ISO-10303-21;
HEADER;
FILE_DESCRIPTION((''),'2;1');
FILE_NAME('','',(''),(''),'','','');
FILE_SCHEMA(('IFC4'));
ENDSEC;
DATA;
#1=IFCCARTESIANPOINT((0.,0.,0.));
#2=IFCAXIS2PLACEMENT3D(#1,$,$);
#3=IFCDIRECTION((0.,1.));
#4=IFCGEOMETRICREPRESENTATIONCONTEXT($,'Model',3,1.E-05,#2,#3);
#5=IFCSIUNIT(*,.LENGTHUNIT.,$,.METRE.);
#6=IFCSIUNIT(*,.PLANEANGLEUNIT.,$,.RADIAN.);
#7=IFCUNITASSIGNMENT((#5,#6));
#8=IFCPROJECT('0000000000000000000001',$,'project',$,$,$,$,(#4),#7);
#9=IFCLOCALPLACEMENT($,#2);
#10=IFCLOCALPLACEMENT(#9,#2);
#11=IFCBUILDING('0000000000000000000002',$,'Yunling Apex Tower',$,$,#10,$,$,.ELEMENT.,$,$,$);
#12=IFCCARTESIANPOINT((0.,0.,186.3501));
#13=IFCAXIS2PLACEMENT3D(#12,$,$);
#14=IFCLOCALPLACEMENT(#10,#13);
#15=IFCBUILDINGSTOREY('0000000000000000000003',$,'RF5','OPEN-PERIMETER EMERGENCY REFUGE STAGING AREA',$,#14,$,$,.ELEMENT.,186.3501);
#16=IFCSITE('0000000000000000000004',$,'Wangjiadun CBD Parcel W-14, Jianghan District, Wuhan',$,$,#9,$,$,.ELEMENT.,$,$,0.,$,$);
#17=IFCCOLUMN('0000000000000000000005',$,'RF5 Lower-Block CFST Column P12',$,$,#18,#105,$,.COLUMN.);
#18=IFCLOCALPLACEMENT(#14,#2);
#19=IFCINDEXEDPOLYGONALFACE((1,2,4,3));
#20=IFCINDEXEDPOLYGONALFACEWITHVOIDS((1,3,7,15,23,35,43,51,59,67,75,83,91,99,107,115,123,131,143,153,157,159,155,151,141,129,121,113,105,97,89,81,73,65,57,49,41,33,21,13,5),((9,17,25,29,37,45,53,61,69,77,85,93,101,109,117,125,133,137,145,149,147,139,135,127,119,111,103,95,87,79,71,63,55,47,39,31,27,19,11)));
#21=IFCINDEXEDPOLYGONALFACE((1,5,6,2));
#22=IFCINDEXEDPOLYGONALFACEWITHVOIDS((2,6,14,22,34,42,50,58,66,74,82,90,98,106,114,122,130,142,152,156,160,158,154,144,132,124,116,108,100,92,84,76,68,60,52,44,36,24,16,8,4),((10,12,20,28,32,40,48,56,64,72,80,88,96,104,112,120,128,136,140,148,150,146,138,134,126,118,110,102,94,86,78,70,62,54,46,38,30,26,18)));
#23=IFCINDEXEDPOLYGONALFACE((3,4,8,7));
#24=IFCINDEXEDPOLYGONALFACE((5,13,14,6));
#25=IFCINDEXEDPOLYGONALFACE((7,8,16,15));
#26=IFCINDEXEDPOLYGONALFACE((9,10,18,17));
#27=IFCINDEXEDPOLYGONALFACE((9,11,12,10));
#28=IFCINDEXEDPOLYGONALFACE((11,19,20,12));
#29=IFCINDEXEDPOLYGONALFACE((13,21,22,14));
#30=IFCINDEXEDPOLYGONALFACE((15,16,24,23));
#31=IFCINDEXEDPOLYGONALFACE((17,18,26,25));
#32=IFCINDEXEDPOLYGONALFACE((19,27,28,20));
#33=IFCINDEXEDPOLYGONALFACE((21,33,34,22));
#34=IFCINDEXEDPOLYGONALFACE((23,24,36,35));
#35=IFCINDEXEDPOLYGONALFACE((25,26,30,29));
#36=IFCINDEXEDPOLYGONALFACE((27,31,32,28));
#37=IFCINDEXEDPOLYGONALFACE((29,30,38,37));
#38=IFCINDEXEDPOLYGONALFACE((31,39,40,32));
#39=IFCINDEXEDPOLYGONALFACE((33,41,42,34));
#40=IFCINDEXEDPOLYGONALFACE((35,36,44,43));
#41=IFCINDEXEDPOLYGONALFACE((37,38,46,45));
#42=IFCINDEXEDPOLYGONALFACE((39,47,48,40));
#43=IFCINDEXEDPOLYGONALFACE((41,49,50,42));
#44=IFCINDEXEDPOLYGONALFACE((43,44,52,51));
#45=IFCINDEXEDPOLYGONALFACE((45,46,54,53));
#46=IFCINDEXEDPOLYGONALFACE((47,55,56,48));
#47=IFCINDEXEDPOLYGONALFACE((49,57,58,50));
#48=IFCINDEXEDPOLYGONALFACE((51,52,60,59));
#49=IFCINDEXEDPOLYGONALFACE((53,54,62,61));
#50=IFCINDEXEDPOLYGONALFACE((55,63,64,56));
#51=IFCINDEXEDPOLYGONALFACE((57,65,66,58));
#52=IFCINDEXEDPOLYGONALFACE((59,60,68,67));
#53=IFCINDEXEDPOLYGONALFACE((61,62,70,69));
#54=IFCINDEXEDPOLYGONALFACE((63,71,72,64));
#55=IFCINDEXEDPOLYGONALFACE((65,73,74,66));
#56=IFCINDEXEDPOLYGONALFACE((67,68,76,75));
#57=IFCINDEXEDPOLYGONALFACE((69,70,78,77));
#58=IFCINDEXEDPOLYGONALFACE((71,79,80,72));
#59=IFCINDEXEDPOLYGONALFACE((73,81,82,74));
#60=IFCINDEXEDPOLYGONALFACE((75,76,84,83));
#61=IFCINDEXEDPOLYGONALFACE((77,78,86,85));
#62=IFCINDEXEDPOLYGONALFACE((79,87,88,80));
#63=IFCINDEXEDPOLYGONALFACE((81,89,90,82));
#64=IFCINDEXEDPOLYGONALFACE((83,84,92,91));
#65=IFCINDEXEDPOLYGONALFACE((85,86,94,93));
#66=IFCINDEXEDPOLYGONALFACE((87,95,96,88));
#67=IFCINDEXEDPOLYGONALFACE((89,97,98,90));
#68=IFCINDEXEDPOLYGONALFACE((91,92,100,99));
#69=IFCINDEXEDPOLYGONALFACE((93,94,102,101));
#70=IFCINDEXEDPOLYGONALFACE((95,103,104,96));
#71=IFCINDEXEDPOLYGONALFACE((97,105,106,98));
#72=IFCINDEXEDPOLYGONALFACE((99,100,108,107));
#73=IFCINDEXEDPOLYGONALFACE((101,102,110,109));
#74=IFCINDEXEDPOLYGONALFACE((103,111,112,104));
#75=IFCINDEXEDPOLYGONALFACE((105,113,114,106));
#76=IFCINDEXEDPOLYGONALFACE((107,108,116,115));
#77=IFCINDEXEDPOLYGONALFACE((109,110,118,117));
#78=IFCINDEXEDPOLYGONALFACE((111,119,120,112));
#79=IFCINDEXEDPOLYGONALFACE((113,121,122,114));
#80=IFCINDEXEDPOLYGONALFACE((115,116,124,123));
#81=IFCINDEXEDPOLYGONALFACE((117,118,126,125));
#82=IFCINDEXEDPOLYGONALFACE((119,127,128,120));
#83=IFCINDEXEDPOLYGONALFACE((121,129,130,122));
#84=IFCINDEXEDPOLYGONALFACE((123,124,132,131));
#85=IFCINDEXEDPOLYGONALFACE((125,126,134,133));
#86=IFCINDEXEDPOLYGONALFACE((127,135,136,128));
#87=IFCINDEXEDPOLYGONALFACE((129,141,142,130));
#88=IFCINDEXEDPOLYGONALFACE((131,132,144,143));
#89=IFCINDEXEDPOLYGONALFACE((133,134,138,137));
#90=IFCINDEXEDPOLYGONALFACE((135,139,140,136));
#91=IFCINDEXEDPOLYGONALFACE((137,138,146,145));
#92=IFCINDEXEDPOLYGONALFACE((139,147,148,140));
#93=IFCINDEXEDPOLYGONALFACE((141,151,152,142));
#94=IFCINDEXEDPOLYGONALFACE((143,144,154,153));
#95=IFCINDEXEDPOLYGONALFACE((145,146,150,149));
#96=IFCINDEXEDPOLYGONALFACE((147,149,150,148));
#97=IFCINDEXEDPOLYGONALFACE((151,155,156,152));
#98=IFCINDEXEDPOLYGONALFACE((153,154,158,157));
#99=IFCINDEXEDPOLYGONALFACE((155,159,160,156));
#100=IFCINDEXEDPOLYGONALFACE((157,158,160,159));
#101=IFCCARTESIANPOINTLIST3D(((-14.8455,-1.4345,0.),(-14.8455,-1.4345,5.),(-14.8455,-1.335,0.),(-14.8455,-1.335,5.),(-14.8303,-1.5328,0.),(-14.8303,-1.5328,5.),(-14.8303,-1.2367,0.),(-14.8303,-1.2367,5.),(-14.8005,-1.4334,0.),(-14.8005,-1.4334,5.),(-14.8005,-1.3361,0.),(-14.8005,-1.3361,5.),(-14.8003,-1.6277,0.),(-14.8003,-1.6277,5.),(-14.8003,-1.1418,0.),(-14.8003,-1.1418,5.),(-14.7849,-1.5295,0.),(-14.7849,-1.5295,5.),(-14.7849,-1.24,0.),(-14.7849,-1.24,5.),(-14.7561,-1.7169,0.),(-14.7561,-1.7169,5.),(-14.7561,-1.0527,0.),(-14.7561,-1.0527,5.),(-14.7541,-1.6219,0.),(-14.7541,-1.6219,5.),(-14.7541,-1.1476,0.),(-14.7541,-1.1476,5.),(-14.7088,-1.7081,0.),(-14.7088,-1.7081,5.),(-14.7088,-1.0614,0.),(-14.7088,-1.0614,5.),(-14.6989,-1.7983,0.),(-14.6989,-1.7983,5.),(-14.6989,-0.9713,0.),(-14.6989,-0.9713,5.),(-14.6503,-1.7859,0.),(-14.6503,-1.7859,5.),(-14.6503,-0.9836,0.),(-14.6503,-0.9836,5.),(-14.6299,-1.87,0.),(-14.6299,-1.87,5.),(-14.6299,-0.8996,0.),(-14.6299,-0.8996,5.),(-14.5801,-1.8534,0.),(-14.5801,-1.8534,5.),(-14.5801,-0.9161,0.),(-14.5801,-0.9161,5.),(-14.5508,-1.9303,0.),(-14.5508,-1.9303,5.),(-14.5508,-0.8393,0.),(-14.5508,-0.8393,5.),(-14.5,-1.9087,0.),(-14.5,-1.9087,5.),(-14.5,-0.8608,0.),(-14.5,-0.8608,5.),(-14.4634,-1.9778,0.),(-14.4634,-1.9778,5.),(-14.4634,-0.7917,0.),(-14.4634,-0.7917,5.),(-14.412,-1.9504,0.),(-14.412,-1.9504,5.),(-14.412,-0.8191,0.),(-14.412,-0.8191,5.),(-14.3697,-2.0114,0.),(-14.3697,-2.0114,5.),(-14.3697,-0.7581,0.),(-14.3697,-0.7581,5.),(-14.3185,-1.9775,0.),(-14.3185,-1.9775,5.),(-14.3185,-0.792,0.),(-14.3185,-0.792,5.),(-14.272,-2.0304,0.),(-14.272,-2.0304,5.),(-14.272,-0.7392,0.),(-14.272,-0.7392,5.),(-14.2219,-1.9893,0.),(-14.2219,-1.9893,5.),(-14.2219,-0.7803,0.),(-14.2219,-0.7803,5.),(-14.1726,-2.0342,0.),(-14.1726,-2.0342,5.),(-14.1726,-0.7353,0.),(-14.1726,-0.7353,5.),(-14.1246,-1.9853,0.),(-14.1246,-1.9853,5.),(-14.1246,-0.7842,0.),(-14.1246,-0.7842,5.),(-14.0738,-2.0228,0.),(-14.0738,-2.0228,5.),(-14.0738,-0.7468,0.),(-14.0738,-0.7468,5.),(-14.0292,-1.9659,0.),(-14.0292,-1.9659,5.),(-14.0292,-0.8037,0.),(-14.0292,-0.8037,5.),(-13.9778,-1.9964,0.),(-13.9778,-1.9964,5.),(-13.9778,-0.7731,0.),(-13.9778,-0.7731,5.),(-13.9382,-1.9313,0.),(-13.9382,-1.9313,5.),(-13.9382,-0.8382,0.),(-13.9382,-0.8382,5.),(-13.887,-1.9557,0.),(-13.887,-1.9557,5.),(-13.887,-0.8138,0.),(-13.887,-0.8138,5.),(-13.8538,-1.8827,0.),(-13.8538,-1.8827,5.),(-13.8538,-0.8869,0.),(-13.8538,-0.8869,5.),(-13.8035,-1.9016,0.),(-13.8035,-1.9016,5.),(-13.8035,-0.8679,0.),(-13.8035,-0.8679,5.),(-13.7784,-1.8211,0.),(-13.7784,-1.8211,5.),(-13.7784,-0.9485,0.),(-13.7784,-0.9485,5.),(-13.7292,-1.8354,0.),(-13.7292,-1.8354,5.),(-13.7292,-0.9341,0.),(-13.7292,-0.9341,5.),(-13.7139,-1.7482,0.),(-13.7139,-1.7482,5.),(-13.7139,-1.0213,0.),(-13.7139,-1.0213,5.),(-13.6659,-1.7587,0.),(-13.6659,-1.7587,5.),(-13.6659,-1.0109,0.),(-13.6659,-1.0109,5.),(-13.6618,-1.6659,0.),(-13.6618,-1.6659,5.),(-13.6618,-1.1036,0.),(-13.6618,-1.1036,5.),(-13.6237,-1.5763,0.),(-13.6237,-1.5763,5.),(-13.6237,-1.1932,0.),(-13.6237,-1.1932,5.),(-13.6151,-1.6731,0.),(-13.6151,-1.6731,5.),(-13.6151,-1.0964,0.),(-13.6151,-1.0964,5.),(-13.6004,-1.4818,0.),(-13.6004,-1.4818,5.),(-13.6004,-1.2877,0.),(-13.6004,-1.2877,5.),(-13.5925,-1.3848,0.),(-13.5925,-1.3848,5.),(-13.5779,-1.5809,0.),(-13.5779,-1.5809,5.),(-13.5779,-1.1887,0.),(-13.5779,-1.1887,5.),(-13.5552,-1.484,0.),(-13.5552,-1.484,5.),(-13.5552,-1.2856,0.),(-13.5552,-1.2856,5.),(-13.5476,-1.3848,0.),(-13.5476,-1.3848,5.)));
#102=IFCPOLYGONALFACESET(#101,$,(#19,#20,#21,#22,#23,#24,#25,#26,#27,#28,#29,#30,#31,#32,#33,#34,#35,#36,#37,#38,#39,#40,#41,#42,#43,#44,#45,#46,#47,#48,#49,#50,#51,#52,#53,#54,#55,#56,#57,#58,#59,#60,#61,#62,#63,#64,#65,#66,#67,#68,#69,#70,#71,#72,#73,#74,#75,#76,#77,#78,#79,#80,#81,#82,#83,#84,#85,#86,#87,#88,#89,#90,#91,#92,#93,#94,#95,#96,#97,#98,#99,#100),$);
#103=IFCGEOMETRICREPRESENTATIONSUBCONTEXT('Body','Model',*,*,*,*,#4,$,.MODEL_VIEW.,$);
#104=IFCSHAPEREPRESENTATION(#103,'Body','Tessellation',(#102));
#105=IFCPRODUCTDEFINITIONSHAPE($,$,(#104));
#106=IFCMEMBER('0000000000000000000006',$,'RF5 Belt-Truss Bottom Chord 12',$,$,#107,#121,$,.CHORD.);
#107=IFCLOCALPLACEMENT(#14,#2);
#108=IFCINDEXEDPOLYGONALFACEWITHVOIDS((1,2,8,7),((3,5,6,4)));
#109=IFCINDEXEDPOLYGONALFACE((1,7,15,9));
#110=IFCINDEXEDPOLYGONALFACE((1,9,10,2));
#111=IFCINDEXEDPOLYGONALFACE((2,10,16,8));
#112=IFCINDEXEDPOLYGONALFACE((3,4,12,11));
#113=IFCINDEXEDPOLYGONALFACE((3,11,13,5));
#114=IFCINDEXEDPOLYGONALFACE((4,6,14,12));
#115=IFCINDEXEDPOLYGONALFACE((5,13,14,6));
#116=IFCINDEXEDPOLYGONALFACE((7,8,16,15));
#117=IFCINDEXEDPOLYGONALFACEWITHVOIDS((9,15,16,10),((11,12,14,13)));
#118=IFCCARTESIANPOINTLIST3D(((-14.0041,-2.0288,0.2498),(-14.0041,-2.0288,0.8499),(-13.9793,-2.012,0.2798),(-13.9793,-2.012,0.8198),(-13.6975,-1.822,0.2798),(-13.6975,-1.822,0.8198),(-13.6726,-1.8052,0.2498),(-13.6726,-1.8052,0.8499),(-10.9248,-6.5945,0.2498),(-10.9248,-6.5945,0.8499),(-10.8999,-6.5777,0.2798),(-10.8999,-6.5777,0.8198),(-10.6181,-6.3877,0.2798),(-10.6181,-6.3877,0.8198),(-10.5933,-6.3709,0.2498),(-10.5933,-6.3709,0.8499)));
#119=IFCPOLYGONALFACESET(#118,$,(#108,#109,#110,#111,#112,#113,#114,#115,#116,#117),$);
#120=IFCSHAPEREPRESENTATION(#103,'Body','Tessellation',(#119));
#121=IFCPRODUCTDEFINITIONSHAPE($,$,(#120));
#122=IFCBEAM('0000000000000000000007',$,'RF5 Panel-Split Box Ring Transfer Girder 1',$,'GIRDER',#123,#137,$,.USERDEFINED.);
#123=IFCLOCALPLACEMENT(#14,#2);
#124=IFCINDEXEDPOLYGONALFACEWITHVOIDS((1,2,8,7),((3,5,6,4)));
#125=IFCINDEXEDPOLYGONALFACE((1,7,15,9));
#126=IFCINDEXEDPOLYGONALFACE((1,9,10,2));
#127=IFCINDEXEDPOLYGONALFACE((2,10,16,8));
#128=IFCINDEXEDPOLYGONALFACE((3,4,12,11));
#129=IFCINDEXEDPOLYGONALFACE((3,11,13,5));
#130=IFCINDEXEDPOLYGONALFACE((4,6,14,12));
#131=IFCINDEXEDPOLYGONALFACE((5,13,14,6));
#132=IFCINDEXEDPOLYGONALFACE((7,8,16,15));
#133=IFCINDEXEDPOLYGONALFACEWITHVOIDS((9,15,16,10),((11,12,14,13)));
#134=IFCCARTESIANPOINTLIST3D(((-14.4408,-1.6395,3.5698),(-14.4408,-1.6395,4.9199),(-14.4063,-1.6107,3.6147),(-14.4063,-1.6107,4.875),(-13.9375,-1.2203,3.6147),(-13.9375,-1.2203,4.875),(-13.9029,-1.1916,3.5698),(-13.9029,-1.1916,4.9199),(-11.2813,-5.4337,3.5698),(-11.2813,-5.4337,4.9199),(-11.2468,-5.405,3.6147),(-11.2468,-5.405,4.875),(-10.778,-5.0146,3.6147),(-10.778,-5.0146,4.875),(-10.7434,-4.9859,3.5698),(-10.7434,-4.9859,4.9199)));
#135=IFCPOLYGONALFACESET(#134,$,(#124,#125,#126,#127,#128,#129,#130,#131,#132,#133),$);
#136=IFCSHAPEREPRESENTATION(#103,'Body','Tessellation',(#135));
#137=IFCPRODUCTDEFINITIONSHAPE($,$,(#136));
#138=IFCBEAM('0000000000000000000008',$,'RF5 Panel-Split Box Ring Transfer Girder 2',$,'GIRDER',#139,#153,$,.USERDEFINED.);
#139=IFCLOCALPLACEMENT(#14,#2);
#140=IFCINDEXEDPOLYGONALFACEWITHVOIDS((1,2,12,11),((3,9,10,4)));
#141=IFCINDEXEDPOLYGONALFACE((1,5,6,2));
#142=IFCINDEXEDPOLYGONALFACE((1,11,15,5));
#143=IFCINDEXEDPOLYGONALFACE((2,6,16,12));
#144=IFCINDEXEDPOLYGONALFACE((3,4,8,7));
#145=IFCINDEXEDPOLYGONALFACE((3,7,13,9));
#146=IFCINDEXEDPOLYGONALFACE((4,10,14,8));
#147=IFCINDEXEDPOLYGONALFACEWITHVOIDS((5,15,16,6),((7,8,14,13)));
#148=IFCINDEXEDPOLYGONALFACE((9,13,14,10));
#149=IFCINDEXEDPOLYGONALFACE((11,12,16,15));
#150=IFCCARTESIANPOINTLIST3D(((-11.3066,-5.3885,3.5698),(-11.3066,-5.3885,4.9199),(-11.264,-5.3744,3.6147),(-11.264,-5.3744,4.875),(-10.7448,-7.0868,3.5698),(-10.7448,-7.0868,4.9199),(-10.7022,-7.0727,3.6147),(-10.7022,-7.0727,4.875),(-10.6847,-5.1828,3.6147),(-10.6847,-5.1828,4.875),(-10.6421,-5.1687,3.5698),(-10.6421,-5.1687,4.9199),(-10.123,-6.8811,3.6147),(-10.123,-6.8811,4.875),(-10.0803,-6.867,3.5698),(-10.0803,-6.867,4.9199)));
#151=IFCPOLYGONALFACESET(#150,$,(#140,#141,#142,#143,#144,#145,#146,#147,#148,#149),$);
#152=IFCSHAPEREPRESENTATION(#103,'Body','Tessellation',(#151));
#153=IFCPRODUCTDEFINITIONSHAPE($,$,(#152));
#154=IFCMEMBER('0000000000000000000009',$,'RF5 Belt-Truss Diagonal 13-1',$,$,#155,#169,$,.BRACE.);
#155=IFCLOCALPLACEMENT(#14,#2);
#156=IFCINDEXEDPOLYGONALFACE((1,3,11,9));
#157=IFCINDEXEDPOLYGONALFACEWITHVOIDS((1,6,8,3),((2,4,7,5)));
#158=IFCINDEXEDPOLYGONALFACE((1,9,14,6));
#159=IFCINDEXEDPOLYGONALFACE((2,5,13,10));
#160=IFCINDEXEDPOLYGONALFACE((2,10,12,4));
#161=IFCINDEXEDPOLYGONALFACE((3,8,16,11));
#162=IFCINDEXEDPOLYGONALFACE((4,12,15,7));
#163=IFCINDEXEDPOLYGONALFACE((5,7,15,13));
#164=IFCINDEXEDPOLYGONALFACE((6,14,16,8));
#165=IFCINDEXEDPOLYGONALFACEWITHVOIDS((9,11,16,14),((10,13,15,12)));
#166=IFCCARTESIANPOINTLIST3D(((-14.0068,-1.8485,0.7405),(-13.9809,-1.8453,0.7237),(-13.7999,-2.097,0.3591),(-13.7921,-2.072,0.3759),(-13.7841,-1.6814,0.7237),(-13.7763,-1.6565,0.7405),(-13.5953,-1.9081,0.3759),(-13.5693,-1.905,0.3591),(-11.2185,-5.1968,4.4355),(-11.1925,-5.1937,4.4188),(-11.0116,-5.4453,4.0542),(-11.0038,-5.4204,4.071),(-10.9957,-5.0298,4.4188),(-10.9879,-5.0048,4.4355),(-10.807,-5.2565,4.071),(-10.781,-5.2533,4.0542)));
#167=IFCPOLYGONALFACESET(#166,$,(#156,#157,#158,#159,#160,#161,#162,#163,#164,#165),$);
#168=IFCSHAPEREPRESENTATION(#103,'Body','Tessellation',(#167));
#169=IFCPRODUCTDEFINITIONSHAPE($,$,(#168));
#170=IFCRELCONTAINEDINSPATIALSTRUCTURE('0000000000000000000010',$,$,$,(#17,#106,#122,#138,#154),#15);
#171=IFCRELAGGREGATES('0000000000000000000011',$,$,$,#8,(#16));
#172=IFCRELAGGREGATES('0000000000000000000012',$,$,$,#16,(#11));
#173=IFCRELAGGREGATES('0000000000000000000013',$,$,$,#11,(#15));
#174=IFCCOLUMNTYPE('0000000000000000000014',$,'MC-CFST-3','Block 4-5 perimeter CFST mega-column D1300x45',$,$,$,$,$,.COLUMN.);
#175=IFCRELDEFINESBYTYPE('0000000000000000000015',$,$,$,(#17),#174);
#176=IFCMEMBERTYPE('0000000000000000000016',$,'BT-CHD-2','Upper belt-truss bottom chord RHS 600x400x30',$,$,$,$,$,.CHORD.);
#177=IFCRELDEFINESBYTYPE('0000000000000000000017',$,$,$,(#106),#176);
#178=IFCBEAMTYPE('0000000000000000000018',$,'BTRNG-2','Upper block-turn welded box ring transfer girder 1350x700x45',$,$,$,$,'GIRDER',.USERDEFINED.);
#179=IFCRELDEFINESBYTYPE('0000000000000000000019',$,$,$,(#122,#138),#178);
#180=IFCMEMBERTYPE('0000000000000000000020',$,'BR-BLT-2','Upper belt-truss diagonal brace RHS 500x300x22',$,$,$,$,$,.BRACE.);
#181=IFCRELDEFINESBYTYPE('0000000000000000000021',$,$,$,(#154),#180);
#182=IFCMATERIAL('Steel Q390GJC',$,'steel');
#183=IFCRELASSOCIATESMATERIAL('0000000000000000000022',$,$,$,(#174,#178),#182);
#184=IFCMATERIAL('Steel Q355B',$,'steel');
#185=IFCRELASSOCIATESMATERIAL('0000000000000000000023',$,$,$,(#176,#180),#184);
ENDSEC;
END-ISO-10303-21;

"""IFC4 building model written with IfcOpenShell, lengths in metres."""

from ifc_helpers import new_model, si_unit, direction, frame, origin, origin_2d, place, context, subcontext, project, spatial, hollow_rectangle, hollow_circle, extrude, source, transform, mapped, material, material_profile, profile_set, type_object, element, save


model = new_model("IFC4")

# Units and contexts
model_context = context("Model", 3, precision=1e-05, world=origin(), true_north=direction((0.0, 1.0)))
body_context = subcontext(model_context, "Body", "Model", "MODEL_VIEW")
ifc_project = project(units=[si_unit("LENGTHUNIT", "METRE"), si_unit("PLANEANGLEUNIT", "RADIAN")], contexts=[model_context])

# Site, building, storey
site_placement = place(None, origin())
site = spatial("IfcSite", under=ifc_project, at=site_placement, Name="Wangjiadun CBD Parcel W-14, Jianghan District, Wuhan", CompositionType="ELEMENT", RefElevation=0.0)
building_placement = place(site_placement, origin())
building = spatial("IfcBuilding", under=site, at=building_placement, Name="Yunling Apex Tower", CompositionType="ELEMENT")
storey_placement = place(building_placement, frame((0.0, 0.0, 186.3501)))
storey = spatial("IfcBuildingStorey", under=building, at=storey_placement, Name="RF5", Description="OPEN-PERIMETER EMERGENCY REFUGE STAGING AREA", CompositionType="ELEMENT", Elevation=186.3501)

# Column
ifc_material_1 = material(Name="Steel Q390GJC", Category="steel")
ifc_material_profile_1 = material_profile(ifc_material_1, hollow_circle(Radius=0.6499, WallThickness=0.0449, at=origin_2d()))
ifc_profile_set_1 = profile_set([ifc_material_profile_1], Name="Steel Q390GJC")
column_type = type_object("IfcColumnType", Name="MC-CFST-3", Description="Block 4-5 perimeter CFST mega-column D1300x45", PredefinedType="COLUMN", material=ifc_profile_set_1)
shared_shape_1 = source(origin(), body_context, "Body", "SweptSolid", [
    extrude(hollow_circle(Radius=0.6499, WallThickness=0.0449, at=origin_2d()), origin(), (0.0, 0.0, 1.0), 5.0),
])
column_placement = place(storey_placement, frame((-14.1975, -1.3848, 0.0), z_axis=(0.0, 0.0, 1.0), x_axis=(1.0, 0.0, 0.0)))
element("IfcColumn", 1, at=column_placement, inside=storey, type_object=column_type, Name="RF5 Lower-Block CFST Column P12", PredefinedType="COLUMN", context=body_context, shape_type="MappedRepresentation", body=[
    mapped(shared_shape_1, transform((0.0, 0.0, 0.0), scale=1.0)),
])

# Member
ifc_material_2 = material(Name="Steel Q355B", Category="steel")
ifc_material_profile_2 = material_profile(ifc_material_2, hollow_rectangle(XDim=0.3999, YDim=0.6001, WallThickness=0.03, at=origin_2d()))
ifc_profile_set_2 = profile_set([ifc_material_profile_2], Name="Steel Q355B")
member_type_1 = type_object("IfcMemberType", Name="BT-CHD-2", Description="Upper belt-truss bottom chord RHS 600x400x30", PredefinedType="CHORD", material=ifc_profile_set_2)
shared_shape_2 = source(origin(), body_context, "Body", "SweptSolid", [
    extrude(hollow_rectangle(XDim=0.3999, YDim=0.6001, WallThickness=0.03, at=origin_2d()), origin(), (0.0, 0.0, 1.0), 5.5071),
])
member_1_placement = place(storey_placement, frame((-13.8384, -1.917, 0.5498), z_axis=(0.559163, -0.829058, 0.0), x_axis=(0.829058, 0.559163, 0.0)))
element("IfcMember", 2, at=member_1_placement, inside=storey, type_object=member_type_1, Name="RF5 Belt-Truss Bottom Chord 12", PredefinedType="CHORD", context=body_context, shape_type="MappedRepresentation", body=[
    mapped(shared_shape_2, transform((0.0, 0.0, 0.0), scale=1.0)),
])

# Beams
ifc_material_profile_3 = material_profile(ifc_material_1, hollow_rectangle(XDim=0.7, YDim=1.3501, WallThickness=0.0449, at=origin_2d()))
ifc_profile_set_3 = profile_set([ifc_material_profile_3], Name="Steel Q390GJC")
beam_type = type_object("IfcBeamType", Name="BTRNG-2", Description="Upper block-turn welded box ring transfer girder 1350x700x45", ElementType="GIRDER", PredefinedType="USERDEFINED", material=ifc_profile_set_3)
shared_shape_3 = source(origin(), body_context, "Body", "SweptSolid", [
    extrude(hollow_rectangle(XDim=0.7, YDim=1.3501, WallThickness=0.0449, at=origin_2d()), origin(), (0.0, 0.0, 1.0), 4.9375),
])
beam_1_placement = place(storey_placement, frame((-14.1719, -1.4155, 4.2449), z_axis=(0.639897, -0.76846, 0.0), x_axis=(0.76846, 0.639897, 0.0)))
element("IfcBeam", 3, at=beam_1_placement, inside=storey, type_object=beam_type, Name="RF5 Panel-Split Box Ring Transfer Girder 1", ObjectType="GIRDER", PredefinedType="USERDEFINED", context=body_context, shape_type="MappedRepresentation", body=[
    mapped(shared_shape_3, transform((0.0, 0.0, 0.0), scale=1.0)),
])
shared_shape_4 = source(origin(), body_context, "Body", "SweptSolid", [
    extrude(hollow_rectangle(XDim=0.7, YDim=1.3501, WallThickness=0.0449, at=origin_2d()), origin(), (0.0, 0.0, 1.0), 1.7888),
])
beam_2_placement = place(storey_placement, frame((-10.9744, -5.2786, 4.2449), z_axis=(0.314057, -0.949404, 0.0), x_axis=(0.949404, 0.314057, 0.0)))
element("IfcBeam", 4, at=beam_2_placement, inside=storey, type_object=beam_type, Name="RF5 Panel-Split Box Ring Transfer Girder 2", ObjectType="GIRDER", PredefinedType="USERDEFINED", context=body_context, shape_type="MappedRepresentation", body=[
    mapped(shared_shape_4, transform((0.0, 0.0, 0.0), scale=1.0)),
])

# Member
ifc_material_profile_4 = material_profile(ifc_material_2, hollow_rectangle(XDim=0.3, YDim=0.5, WallThickness=0.022, at=origin_2d()))
ifc_profile_set_4 = profile_set([ifc_material_profile_4], Name="Steel Q355B")
member_type_2 = type_object("IfcMemberType", Name="BR-BLT-2", Description="Upper belt-truss diagonal brace RHS 500x300x22", PredefinedType="BRACE", material=ifc_profile_set_4)
shared_shape_5 = source(origin(), body_context, "Body", "SweptSolid", [
    extrude(hollow_rectangle(XDim=0.3, YDim=0.5, WallThickness=0.022, at=origin_2d()), origin(), (0.0, 0.0, 1.0), 5.7131),
])
member_2_placement = place(storey_placement, frame((-13.7881, -1.8767, 0.5498), z_axis=(0.488055, -0.586085, 0.646766), x_axis=(0.768446, 0.639914, 0.0)))
element("IfcMember", 5, at=member_2_placement, inside=storey, type_object=member_type_2, Name="RF5 Belt-Truss Diagonal 13-1", PredefinedType="BRACE", context=body_context, shape_type="MappedRepresentation", body=[
    mapped(shared_shape_5, transform((0.0, 0.0, 0.0), scale=1.0)),
])

save(model, "model.ifc")
